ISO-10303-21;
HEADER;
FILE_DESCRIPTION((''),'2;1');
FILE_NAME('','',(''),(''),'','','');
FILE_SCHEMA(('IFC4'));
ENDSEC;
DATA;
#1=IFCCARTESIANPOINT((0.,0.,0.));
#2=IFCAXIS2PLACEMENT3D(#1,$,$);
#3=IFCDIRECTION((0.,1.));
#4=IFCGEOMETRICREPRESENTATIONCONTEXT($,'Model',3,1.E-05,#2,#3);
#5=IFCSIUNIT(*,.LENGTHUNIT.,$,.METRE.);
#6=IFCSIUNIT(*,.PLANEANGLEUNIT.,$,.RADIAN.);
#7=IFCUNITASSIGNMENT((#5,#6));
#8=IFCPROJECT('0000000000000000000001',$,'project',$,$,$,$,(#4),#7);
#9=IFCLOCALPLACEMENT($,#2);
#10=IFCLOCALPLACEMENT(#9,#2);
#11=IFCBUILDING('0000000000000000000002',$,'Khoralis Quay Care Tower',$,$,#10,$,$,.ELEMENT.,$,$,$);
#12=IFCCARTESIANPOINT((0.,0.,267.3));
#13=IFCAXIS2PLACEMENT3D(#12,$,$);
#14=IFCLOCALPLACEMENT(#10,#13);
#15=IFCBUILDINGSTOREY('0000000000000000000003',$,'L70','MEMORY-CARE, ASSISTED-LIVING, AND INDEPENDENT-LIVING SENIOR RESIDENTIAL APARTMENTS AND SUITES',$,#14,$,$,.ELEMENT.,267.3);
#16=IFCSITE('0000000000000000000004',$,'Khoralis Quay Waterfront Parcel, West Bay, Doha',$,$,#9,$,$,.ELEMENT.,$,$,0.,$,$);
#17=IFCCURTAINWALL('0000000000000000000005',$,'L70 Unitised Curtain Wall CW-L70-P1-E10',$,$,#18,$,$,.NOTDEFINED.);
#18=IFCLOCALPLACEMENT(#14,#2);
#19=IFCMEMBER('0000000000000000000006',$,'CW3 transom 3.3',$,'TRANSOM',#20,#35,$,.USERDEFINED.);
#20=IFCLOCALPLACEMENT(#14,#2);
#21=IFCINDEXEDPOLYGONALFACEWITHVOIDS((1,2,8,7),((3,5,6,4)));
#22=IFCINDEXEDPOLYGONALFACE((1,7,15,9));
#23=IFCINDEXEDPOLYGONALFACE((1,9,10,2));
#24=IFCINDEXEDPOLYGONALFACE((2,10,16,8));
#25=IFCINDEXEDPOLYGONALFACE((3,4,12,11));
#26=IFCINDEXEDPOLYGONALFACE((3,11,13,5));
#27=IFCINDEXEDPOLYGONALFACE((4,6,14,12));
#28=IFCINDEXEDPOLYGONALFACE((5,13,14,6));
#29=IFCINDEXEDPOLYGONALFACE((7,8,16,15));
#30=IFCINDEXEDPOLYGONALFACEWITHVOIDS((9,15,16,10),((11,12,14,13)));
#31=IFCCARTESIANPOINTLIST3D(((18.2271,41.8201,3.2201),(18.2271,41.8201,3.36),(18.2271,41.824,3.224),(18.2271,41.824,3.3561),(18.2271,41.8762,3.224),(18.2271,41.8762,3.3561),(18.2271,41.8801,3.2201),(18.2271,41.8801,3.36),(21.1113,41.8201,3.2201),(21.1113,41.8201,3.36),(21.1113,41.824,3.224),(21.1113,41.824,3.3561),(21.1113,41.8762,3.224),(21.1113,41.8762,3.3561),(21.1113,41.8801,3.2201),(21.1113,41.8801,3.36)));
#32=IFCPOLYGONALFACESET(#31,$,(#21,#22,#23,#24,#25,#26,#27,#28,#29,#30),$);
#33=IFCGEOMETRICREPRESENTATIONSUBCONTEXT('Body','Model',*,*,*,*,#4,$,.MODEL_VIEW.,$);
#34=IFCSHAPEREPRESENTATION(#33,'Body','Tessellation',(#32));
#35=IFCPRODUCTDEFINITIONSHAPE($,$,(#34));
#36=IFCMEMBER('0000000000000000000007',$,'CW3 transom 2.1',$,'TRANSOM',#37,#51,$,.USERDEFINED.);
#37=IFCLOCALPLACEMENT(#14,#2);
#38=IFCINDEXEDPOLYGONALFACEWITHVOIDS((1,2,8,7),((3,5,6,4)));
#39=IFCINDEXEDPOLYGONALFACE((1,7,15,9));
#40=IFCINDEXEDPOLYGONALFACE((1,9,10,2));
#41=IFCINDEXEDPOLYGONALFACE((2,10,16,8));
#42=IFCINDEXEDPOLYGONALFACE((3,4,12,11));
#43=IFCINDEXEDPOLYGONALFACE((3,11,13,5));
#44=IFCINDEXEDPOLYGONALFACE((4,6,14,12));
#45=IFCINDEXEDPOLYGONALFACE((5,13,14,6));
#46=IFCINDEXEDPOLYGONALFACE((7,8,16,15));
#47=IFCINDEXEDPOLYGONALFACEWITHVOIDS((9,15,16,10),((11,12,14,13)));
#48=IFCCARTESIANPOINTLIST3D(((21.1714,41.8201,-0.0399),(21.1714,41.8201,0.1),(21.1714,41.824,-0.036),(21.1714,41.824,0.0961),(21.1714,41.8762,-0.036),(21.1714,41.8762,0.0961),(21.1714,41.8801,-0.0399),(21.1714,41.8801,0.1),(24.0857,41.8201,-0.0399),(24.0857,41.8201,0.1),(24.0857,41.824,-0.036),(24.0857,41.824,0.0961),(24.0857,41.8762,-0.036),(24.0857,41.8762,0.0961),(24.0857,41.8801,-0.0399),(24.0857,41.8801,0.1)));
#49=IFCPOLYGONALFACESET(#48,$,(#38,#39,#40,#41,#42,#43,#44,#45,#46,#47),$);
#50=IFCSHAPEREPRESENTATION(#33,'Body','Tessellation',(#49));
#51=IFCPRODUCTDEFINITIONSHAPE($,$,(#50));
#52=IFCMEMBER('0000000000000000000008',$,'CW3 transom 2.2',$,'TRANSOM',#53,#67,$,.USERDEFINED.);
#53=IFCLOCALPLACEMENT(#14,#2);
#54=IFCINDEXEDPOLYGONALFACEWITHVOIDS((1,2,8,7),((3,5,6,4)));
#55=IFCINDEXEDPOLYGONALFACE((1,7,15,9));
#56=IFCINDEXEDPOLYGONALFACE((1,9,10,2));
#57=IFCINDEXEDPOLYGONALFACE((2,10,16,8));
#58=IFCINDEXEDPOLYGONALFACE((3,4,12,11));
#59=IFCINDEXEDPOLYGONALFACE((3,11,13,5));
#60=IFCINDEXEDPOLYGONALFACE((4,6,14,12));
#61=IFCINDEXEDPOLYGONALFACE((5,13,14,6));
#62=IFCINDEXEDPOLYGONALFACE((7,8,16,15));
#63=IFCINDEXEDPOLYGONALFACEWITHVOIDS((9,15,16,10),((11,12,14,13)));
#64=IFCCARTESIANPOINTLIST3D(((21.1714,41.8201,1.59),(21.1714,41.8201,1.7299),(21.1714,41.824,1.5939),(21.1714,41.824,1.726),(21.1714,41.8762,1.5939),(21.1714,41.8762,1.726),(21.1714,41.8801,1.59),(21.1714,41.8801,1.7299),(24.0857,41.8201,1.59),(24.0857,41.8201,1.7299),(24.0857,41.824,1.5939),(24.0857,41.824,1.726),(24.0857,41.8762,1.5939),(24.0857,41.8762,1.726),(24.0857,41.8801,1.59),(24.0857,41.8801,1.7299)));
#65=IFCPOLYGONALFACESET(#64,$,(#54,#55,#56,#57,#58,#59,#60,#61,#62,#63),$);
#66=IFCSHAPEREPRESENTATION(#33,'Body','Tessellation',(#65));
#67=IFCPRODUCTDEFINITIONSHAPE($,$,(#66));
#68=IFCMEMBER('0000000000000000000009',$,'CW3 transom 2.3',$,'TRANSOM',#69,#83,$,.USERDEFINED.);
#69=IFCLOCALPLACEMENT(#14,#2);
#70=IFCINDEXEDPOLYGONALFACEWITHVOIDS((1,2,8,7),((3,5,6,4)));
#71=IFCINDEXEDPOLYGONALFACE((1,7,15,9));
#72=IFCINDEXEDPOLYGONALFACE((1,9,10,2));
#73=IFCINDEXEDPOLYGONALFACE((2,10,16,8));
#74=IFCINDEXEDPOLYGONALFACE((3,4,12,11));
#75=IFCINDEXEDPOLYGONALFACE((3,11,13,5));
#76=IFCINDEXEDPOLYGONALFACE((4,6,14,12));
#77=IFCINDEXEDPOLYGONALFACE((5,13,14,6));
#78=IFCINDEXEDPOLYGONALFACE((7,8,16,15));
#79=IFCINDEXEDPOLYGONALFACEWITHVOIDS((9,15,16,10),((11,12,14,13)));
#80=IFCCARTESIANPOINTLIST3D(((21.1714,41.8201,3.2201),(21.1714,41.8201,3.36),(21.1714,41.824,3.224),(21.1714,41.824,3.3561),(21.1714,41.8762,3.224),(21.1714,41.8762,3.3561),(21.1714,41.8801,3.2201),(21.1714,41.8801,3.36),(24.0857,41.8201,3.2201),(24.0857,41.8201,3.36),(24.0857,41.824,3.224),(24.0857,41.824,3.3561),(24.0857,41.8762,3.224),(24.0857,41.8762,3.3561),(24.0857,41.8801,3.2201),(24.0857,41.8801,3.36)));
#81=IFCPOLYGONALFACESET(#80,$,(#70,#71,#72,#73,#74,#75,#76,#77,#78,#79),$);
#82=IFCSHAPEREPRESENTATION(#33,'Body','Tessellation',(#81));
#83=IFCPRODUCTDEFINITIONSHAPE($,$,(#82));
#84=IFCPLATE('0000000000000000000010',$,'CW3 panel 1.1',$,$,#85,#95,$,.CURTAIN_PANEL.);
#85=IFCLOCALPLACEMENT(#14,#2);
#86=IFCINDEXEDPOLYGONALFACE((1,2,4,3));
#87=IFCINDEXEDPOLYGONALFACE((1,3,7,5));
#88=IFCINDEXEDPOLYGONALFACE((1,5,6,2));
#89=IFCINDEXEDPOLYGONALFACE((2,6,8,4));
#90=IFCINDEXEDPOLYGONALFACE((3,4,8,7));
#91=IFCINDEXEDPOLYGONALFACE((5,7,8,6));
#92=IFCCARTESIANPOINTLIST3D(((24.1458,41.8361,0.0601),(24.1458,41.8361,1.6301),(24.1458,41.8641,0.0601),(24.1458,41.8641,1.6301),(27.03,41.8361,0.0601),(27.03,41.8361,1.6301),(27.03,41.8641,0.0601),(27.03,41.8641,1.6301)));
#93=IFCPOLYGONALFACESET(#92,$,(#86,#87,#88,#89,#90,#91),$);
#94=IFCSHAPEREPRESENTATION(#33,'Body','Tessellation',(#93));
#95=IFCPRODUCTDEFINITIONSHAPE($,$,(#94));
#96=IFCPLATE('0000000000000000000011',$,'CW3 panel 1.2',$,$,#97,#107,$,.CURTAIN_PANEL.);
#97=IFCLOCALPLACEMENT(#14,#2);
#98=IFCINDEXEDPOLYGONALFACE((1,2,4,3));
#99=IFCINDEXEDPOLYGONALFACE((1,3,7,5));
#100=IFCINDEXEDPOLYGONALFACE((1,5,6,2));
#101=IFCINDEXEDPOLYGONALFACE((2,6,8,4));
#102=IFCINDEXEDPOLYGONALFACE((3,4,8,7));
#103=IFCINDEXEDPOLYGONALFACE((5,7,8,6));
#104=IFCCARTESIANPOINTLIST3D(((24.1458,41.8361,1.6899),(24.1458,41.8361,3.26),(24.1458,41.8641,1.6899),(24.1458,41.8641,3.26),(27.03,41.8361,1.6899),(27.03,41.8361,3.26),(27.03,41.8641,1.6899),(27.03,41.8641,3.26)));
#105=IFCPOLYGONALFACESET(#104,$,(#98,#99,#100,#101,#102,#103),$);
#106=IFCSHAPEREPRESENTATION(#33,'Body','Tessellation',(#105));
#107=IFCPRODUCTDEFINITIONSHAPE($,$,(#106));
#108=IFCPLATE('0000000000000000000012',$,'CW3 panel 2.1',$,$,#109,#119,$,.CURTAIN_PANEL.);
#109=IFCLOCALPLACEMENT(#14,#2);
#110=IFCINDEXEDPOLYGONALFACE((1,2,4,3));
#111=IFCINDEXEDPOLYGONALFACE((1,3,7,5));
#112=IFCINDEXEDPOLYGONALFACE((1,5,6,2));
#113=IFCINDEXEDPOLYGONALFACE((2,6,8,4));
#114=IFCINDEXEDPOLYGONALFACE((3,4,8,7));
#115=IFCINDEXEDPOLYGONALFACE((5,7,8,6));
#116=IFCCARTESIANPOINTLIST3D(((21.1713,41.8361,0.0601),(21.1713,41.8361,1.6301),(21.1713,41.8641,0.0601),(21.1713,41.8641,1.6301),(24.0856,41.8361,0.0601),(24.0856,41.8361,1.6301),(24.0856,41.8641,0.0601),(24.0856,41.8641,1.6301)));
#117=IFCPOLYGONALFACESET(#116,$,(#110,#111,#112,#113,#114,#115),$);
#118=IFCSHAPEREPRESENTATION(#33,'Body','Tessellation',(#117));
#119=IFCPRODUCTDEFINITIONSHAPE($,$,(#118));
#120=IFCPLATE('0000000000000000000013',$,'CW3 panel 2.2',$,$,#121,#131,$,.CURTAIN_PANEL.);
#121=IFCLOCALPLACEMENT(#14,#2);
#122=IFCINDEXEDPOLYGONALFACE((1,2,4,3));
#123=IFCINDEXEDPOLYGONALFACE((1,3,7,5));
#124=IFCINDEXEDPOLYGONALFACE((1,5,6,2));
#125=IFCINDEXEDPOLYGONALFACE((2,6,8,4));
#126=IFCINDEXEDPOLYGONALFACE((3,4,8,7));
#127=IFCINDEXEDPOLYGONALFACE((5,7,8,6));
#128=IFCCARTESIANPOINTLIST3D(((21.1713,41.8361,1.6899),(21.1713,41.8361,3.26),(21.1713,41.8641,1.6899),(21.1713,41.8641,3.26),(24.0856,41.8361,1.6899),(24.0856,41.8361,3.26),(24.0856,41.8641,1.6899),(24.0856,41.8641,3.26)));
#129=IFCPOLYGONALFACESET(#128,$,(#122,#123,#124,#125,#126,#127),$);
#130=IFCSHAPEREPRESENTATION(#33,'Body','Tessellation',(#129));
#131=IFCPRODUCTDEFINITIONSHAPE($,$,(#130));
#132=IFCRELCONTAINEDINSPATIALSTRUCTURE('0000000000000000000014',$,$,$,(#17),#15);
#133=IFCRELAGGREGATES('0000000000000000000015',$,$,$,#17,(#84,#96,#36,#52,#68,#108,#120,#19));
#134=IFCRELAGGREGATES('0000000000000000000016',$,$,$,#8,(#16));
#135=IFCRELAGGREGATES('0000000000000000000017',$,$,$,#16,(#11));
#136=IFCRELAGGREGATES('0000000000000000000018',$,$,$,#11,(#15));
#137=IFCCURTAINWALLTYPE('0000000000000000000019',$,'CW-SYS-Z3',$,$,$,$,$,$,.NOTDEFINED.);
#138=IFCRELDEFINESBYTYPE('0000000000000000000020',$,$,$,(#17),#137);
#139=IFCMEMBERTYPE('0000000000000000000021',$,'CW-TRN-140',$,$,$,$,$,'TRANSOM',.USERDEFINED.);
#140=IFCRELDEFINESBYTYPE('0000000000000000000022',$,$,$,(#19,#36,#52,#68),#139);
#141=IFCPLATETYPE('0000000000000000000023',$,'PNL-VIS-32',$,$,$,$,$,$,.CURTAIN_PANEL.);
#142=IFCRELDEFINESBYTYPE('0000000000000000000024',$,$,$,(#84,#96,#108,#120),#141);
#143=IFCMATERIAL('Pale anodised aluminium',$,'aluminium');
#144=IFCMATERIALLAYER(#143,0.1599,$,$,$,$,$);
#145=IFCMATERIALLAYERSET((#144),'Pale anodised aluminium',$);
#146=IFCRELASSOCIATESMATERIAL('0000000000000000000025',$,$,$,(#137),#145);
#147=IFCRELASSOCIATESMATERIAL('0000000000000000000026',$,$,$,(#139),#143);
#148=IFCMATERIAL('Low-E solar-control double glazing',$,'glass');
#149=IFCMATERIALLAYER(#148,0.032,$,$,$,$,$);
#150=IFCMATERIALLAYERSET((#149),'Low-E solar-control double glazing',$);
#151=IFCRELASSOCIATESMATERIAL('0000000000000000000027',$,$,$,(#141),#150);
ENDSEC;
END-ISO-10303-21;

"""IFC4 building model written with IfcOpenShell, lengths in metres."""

from ifc_helpers import new_model, si_unit, direction, frame, origin, origin_2d, place, context, subcontext, project, spatial, rectangle, hollow_rectangle, extrude, source, transform, mapped, material, layer, layer_set, material_profile, profile_set, type_object, element, aggregate, save


model = new_model("IFC4")

# Units and contexts
model_context = context("Model", 3, precision=1e-05, world=origin(), true_north=direction((0.0, 1.0)))
body_context = subcontext(model_context, "Body", "Model", "MODEL_VIEW")
ifc_project = project(units=[si_unit("LENGTHUNIT", "METRE"), si_unit("PLANEANGLEUNIT", "RADIAN")], contexts=[model_context])

# Site, building, storey
site_placement = place(None, origin())
site = spatial("IfcSite", under=ifc_project, at=site_placement, Name="Khoralis Quay Waterfront Parcel, West Bay, Doha", CompositionType="ELEMENT", RefElevation=0.0)
building_placement = place(site_placement, origin())
building = spatial("IfcBuilding", under=site, at=building_placement, Name="Khoralis Quay Care Tower", CompositionType="ELEMENT")
storey_placement = place(building_placement, frame((0.0, 0.0, 267.3)))
storey = spatial("IfcBuildingStorey", under=building, at=storey_placement, Name="L70", Description="MEMORY-CARE, ASSISTED-LIVING, AND INDEPENDENT-LIVING SENIOR RESIDENTIAL APARTMENTS AND SUITES", CompositionType="ELEMENT", Elevation=267.3)

# Curtain wall, members, plates
ifc_material_1 = material(Name="Pale anodised aluminium", Category="aluminium")
ifc_layer_1 = layer(ifc_material_1, 0.1599)
ifc_layer_set_1 = layer_set([ifc_layer_1], Name="Pale anodised aluminium")
curtain_wall_type = type_object("IfcCurtainWallType", Name="CW-SYS-Z3", PredefinedType="NOTDEFINED", material=ifc_layer_set_1)
curtain_wall_placement = place(storey_placement, origin())
curtain_wall = element("IfcCurtainWall", 1, at=curtain_wall_placement, inside=storey, type_object=curtain_wall_type, Name="L70 Unitised Curtain Wall CW-L70-P1-E10", PredefinedType="NOTDEFINED")
ifc_material_profile_1 = material_profile(ifc_material_1, hollow_rectangle(XDim=0.0601, YDim=0.1399, WallThickness=0.0039, at=origin_2d()), Name="Pale anodised aluminium")
ifc_profile_set_1 = profile_set([ifc_material_profile_1], Name="Pale anodised aluminium")
member_type_1 = type_object("IfcMemberType", Name="CW-TRN-140", ElementType="TRANSOM", PredefinedType="USERDEFINED", material=ifc_profile_set_1)
shared_shape_1 = source(origin(), body_context, "Body", "SweptSolid", [
    extrude(hollow_rectangle(XDim=0.0601, YDim=0.1399, WallThickness=0.0039, at=origin_2d()), origin(), (0.0, 0.0, 1.0), 2.8843),
])
member_1_placement = place(storey_placement, frame((21.1113, 41.8501, 3.29), z_axis=(-1.0, 0.0, 0.0), x_axis=(0.0, -1.0, 0.0)))
member_1 = element("IfcMember", 2, at=member_1_placement, type_object=member_type_1, Name="CW3 transom 3.3", ObjectType="TRANSOM", PredefinedType="USERDEFINED", context=body_context, shape_type="MappedRepresentation", body=[
    mapped(shared_shape_1, transform((0.0, 0.0, 0.0), scale=1.0)),
])
shared_shape_2 = source(origin(), body_context, "Body", "SweptSolid", [
    extrude(hollow_rectangle(XDim=0.0601, YDim=0.1399, WallThickness=0.0039, at=origin_2d()), origin(), (0.0, 0.0, 1.0), 2.9143),
])
member_2_placement = place(storey_placement, frame((24.0857, 41.8501, 0.03), z_axis=(-1.0, 0.0, 0.0), x_axis=(0.0, -1.0, 0.0)))
member_2 = element("IfcMember", 3, at=member_2_placement, type_object=member_type_1, Name="CW3 transom 2.1", ObjectType="TRANSOM", PredefinedType="USERDEFINED", context=body_context, shape_type="MappedRepresentation", body=[
    mapped(shared_shape_2, transform((0.0, 0.0, 0.0), scale=1.0)),
])
member_3_placement = place(storey_placement, frame((24.0857, 41.8501, 1.6599), z_axis=(-1.0, 0.0, 0.0), x_axis=(0.0, -1.0, 0.0)))
member_3 = element("IfcMember", 4, at=member_3_placement, type_object=member_type_1, Name="CW3 transom 2.2", ObjectType="TRANSOM", PredefinedType="USERDEFINED", context=body_context, shape_type="MappedRepresentation", body=[
    mapped(shared_shape_2, transform((0.0, 0.0, 0.0), scale=1.0)),
])
member_4_placement = place(storey_placement, frame((24.0857, 41.8501, 3.29), z_axis=(-1.0, 0.0, 0.0), x_axis=(0.0, -1.0, 0.0)))
member_4 = element("IfcMember", 5, at=member_4_placement, type_object=member_type_1, Name="CW3 transom 2.3", ObjectType="TRANSOM", PredefinedType="USERDEFINED", context=body_context, shape_type="MappedRepresentation", body=[
    mapped(shared_shape_2, transform((0.0, 0.0, 0.0), scale=1.0)),
])
ifc_material_2 = material(Name="Low-E solar-control double glazing", Category="glass")
ifc_layer_2 = layer(ifc_material_2, 0.032)
ifc_layer_set_2 = layer_set([ifc_layer_2], Name="Low-E solar-control double glazing")
plate_type = type_object("IfcPlateType", Name="PNL-VIS-32", PredefinedType="CURTAIN_PANEL", material=ifc_layer_set_2)
shared_shape_3 = source(origin(), body_context, "Body", "SweptSolid", [
    extrude(rectangle(XDim=2.8843, YDim=0.0281, at=origin_2d()), origin(), (0.0, 0.0, 1.0), 1.5701),
])
plate_1_placement = place(storey_placement, frame((25.5879, 41.8501, 0.0601), z_axis=(0.0, 0.0, 1.0), x_axis=(-1.0, 0.0, 0.0)))
plate_1 = element("IfcPlate", 6, at=plate_1_placement, type_object=plate_type, Name="CW3 panel 1.1", PredefinedType="CURTAIN_PANEL", context=body_context, shape_type="MappedRepresentation", body=[
    mapped(shared_shape_3, transform((0.0, 0.0, 0.0), scale=1.0)),
])
plate_2_placement = place(storey_placement, frame((25.5879, 41.8501, 1.6899), z_axis=(0.0, 0.0, 1.0), x_axis=(-1.0, 0.0, 0.0)))
plate_2 = element("IfcPlate", 7, at=plate_2_placement, type_object=plate_type, Name="CW3 panel 1.2", PredefinedType="CURTAIN_PANEL", context=body_context, shape_type="MappedRepresentation", body=[
    mapped(shared_shape_3, transform((0.0, 0.0, 0.0), scale=1.0)),
])
shared_shape_4 = source(origin(), body_context, "Body", "SweptSolid", [
    extrude(rectangle(XDim=2.9143, YDim=0.0281, at=origin_2d()), origin(), (0.0, 0.0, 1.0), 1.5701),
])
plate_3_placement = place(storey_placement, frame((22.6284, 41.8501, 0.0601), z_axis=(0.0, 0.0, 1.0), x_axis=(-1.0, 0.0, 0.0)))
plate_3 = element("IfcPlate", 8, at=plate_3_placement, type_object=plate_type, Name="CW3 panel 2.1", PredefinedType="CURTAIN_PANEL", context=body_context, shape_type="MappedRepresentation", body=[
    mapped(shared_shape_4, transform((0.0, 0.0, 0.0), scale=1.0)),
])
plate_4_placement = place(storey_placement, frame((22.6284, 41.8501, 1.6899), z_axis=(0.0, 0.0, 1.0), x_axis=(-1.0, 0.0, 0.0)))
plate_4 = element("IfcPlate", 9, at=plate_4_placement, type_object=plate_type, Name="CW3 panel 2.2", PredefinedType="CURTAIN_PANEL", context=body_context, shape_type="MappedRepresentation", body=[
    mapped(shared_shape_4, transform((0.0, 0.0, 0.0), scale=1.0)),
])
aggregate(curtain_wall, [plate_1, plate_2, member_2, member_3, member_4, plate_3, plate_4, member_1])

save(model, "model.ifc")
